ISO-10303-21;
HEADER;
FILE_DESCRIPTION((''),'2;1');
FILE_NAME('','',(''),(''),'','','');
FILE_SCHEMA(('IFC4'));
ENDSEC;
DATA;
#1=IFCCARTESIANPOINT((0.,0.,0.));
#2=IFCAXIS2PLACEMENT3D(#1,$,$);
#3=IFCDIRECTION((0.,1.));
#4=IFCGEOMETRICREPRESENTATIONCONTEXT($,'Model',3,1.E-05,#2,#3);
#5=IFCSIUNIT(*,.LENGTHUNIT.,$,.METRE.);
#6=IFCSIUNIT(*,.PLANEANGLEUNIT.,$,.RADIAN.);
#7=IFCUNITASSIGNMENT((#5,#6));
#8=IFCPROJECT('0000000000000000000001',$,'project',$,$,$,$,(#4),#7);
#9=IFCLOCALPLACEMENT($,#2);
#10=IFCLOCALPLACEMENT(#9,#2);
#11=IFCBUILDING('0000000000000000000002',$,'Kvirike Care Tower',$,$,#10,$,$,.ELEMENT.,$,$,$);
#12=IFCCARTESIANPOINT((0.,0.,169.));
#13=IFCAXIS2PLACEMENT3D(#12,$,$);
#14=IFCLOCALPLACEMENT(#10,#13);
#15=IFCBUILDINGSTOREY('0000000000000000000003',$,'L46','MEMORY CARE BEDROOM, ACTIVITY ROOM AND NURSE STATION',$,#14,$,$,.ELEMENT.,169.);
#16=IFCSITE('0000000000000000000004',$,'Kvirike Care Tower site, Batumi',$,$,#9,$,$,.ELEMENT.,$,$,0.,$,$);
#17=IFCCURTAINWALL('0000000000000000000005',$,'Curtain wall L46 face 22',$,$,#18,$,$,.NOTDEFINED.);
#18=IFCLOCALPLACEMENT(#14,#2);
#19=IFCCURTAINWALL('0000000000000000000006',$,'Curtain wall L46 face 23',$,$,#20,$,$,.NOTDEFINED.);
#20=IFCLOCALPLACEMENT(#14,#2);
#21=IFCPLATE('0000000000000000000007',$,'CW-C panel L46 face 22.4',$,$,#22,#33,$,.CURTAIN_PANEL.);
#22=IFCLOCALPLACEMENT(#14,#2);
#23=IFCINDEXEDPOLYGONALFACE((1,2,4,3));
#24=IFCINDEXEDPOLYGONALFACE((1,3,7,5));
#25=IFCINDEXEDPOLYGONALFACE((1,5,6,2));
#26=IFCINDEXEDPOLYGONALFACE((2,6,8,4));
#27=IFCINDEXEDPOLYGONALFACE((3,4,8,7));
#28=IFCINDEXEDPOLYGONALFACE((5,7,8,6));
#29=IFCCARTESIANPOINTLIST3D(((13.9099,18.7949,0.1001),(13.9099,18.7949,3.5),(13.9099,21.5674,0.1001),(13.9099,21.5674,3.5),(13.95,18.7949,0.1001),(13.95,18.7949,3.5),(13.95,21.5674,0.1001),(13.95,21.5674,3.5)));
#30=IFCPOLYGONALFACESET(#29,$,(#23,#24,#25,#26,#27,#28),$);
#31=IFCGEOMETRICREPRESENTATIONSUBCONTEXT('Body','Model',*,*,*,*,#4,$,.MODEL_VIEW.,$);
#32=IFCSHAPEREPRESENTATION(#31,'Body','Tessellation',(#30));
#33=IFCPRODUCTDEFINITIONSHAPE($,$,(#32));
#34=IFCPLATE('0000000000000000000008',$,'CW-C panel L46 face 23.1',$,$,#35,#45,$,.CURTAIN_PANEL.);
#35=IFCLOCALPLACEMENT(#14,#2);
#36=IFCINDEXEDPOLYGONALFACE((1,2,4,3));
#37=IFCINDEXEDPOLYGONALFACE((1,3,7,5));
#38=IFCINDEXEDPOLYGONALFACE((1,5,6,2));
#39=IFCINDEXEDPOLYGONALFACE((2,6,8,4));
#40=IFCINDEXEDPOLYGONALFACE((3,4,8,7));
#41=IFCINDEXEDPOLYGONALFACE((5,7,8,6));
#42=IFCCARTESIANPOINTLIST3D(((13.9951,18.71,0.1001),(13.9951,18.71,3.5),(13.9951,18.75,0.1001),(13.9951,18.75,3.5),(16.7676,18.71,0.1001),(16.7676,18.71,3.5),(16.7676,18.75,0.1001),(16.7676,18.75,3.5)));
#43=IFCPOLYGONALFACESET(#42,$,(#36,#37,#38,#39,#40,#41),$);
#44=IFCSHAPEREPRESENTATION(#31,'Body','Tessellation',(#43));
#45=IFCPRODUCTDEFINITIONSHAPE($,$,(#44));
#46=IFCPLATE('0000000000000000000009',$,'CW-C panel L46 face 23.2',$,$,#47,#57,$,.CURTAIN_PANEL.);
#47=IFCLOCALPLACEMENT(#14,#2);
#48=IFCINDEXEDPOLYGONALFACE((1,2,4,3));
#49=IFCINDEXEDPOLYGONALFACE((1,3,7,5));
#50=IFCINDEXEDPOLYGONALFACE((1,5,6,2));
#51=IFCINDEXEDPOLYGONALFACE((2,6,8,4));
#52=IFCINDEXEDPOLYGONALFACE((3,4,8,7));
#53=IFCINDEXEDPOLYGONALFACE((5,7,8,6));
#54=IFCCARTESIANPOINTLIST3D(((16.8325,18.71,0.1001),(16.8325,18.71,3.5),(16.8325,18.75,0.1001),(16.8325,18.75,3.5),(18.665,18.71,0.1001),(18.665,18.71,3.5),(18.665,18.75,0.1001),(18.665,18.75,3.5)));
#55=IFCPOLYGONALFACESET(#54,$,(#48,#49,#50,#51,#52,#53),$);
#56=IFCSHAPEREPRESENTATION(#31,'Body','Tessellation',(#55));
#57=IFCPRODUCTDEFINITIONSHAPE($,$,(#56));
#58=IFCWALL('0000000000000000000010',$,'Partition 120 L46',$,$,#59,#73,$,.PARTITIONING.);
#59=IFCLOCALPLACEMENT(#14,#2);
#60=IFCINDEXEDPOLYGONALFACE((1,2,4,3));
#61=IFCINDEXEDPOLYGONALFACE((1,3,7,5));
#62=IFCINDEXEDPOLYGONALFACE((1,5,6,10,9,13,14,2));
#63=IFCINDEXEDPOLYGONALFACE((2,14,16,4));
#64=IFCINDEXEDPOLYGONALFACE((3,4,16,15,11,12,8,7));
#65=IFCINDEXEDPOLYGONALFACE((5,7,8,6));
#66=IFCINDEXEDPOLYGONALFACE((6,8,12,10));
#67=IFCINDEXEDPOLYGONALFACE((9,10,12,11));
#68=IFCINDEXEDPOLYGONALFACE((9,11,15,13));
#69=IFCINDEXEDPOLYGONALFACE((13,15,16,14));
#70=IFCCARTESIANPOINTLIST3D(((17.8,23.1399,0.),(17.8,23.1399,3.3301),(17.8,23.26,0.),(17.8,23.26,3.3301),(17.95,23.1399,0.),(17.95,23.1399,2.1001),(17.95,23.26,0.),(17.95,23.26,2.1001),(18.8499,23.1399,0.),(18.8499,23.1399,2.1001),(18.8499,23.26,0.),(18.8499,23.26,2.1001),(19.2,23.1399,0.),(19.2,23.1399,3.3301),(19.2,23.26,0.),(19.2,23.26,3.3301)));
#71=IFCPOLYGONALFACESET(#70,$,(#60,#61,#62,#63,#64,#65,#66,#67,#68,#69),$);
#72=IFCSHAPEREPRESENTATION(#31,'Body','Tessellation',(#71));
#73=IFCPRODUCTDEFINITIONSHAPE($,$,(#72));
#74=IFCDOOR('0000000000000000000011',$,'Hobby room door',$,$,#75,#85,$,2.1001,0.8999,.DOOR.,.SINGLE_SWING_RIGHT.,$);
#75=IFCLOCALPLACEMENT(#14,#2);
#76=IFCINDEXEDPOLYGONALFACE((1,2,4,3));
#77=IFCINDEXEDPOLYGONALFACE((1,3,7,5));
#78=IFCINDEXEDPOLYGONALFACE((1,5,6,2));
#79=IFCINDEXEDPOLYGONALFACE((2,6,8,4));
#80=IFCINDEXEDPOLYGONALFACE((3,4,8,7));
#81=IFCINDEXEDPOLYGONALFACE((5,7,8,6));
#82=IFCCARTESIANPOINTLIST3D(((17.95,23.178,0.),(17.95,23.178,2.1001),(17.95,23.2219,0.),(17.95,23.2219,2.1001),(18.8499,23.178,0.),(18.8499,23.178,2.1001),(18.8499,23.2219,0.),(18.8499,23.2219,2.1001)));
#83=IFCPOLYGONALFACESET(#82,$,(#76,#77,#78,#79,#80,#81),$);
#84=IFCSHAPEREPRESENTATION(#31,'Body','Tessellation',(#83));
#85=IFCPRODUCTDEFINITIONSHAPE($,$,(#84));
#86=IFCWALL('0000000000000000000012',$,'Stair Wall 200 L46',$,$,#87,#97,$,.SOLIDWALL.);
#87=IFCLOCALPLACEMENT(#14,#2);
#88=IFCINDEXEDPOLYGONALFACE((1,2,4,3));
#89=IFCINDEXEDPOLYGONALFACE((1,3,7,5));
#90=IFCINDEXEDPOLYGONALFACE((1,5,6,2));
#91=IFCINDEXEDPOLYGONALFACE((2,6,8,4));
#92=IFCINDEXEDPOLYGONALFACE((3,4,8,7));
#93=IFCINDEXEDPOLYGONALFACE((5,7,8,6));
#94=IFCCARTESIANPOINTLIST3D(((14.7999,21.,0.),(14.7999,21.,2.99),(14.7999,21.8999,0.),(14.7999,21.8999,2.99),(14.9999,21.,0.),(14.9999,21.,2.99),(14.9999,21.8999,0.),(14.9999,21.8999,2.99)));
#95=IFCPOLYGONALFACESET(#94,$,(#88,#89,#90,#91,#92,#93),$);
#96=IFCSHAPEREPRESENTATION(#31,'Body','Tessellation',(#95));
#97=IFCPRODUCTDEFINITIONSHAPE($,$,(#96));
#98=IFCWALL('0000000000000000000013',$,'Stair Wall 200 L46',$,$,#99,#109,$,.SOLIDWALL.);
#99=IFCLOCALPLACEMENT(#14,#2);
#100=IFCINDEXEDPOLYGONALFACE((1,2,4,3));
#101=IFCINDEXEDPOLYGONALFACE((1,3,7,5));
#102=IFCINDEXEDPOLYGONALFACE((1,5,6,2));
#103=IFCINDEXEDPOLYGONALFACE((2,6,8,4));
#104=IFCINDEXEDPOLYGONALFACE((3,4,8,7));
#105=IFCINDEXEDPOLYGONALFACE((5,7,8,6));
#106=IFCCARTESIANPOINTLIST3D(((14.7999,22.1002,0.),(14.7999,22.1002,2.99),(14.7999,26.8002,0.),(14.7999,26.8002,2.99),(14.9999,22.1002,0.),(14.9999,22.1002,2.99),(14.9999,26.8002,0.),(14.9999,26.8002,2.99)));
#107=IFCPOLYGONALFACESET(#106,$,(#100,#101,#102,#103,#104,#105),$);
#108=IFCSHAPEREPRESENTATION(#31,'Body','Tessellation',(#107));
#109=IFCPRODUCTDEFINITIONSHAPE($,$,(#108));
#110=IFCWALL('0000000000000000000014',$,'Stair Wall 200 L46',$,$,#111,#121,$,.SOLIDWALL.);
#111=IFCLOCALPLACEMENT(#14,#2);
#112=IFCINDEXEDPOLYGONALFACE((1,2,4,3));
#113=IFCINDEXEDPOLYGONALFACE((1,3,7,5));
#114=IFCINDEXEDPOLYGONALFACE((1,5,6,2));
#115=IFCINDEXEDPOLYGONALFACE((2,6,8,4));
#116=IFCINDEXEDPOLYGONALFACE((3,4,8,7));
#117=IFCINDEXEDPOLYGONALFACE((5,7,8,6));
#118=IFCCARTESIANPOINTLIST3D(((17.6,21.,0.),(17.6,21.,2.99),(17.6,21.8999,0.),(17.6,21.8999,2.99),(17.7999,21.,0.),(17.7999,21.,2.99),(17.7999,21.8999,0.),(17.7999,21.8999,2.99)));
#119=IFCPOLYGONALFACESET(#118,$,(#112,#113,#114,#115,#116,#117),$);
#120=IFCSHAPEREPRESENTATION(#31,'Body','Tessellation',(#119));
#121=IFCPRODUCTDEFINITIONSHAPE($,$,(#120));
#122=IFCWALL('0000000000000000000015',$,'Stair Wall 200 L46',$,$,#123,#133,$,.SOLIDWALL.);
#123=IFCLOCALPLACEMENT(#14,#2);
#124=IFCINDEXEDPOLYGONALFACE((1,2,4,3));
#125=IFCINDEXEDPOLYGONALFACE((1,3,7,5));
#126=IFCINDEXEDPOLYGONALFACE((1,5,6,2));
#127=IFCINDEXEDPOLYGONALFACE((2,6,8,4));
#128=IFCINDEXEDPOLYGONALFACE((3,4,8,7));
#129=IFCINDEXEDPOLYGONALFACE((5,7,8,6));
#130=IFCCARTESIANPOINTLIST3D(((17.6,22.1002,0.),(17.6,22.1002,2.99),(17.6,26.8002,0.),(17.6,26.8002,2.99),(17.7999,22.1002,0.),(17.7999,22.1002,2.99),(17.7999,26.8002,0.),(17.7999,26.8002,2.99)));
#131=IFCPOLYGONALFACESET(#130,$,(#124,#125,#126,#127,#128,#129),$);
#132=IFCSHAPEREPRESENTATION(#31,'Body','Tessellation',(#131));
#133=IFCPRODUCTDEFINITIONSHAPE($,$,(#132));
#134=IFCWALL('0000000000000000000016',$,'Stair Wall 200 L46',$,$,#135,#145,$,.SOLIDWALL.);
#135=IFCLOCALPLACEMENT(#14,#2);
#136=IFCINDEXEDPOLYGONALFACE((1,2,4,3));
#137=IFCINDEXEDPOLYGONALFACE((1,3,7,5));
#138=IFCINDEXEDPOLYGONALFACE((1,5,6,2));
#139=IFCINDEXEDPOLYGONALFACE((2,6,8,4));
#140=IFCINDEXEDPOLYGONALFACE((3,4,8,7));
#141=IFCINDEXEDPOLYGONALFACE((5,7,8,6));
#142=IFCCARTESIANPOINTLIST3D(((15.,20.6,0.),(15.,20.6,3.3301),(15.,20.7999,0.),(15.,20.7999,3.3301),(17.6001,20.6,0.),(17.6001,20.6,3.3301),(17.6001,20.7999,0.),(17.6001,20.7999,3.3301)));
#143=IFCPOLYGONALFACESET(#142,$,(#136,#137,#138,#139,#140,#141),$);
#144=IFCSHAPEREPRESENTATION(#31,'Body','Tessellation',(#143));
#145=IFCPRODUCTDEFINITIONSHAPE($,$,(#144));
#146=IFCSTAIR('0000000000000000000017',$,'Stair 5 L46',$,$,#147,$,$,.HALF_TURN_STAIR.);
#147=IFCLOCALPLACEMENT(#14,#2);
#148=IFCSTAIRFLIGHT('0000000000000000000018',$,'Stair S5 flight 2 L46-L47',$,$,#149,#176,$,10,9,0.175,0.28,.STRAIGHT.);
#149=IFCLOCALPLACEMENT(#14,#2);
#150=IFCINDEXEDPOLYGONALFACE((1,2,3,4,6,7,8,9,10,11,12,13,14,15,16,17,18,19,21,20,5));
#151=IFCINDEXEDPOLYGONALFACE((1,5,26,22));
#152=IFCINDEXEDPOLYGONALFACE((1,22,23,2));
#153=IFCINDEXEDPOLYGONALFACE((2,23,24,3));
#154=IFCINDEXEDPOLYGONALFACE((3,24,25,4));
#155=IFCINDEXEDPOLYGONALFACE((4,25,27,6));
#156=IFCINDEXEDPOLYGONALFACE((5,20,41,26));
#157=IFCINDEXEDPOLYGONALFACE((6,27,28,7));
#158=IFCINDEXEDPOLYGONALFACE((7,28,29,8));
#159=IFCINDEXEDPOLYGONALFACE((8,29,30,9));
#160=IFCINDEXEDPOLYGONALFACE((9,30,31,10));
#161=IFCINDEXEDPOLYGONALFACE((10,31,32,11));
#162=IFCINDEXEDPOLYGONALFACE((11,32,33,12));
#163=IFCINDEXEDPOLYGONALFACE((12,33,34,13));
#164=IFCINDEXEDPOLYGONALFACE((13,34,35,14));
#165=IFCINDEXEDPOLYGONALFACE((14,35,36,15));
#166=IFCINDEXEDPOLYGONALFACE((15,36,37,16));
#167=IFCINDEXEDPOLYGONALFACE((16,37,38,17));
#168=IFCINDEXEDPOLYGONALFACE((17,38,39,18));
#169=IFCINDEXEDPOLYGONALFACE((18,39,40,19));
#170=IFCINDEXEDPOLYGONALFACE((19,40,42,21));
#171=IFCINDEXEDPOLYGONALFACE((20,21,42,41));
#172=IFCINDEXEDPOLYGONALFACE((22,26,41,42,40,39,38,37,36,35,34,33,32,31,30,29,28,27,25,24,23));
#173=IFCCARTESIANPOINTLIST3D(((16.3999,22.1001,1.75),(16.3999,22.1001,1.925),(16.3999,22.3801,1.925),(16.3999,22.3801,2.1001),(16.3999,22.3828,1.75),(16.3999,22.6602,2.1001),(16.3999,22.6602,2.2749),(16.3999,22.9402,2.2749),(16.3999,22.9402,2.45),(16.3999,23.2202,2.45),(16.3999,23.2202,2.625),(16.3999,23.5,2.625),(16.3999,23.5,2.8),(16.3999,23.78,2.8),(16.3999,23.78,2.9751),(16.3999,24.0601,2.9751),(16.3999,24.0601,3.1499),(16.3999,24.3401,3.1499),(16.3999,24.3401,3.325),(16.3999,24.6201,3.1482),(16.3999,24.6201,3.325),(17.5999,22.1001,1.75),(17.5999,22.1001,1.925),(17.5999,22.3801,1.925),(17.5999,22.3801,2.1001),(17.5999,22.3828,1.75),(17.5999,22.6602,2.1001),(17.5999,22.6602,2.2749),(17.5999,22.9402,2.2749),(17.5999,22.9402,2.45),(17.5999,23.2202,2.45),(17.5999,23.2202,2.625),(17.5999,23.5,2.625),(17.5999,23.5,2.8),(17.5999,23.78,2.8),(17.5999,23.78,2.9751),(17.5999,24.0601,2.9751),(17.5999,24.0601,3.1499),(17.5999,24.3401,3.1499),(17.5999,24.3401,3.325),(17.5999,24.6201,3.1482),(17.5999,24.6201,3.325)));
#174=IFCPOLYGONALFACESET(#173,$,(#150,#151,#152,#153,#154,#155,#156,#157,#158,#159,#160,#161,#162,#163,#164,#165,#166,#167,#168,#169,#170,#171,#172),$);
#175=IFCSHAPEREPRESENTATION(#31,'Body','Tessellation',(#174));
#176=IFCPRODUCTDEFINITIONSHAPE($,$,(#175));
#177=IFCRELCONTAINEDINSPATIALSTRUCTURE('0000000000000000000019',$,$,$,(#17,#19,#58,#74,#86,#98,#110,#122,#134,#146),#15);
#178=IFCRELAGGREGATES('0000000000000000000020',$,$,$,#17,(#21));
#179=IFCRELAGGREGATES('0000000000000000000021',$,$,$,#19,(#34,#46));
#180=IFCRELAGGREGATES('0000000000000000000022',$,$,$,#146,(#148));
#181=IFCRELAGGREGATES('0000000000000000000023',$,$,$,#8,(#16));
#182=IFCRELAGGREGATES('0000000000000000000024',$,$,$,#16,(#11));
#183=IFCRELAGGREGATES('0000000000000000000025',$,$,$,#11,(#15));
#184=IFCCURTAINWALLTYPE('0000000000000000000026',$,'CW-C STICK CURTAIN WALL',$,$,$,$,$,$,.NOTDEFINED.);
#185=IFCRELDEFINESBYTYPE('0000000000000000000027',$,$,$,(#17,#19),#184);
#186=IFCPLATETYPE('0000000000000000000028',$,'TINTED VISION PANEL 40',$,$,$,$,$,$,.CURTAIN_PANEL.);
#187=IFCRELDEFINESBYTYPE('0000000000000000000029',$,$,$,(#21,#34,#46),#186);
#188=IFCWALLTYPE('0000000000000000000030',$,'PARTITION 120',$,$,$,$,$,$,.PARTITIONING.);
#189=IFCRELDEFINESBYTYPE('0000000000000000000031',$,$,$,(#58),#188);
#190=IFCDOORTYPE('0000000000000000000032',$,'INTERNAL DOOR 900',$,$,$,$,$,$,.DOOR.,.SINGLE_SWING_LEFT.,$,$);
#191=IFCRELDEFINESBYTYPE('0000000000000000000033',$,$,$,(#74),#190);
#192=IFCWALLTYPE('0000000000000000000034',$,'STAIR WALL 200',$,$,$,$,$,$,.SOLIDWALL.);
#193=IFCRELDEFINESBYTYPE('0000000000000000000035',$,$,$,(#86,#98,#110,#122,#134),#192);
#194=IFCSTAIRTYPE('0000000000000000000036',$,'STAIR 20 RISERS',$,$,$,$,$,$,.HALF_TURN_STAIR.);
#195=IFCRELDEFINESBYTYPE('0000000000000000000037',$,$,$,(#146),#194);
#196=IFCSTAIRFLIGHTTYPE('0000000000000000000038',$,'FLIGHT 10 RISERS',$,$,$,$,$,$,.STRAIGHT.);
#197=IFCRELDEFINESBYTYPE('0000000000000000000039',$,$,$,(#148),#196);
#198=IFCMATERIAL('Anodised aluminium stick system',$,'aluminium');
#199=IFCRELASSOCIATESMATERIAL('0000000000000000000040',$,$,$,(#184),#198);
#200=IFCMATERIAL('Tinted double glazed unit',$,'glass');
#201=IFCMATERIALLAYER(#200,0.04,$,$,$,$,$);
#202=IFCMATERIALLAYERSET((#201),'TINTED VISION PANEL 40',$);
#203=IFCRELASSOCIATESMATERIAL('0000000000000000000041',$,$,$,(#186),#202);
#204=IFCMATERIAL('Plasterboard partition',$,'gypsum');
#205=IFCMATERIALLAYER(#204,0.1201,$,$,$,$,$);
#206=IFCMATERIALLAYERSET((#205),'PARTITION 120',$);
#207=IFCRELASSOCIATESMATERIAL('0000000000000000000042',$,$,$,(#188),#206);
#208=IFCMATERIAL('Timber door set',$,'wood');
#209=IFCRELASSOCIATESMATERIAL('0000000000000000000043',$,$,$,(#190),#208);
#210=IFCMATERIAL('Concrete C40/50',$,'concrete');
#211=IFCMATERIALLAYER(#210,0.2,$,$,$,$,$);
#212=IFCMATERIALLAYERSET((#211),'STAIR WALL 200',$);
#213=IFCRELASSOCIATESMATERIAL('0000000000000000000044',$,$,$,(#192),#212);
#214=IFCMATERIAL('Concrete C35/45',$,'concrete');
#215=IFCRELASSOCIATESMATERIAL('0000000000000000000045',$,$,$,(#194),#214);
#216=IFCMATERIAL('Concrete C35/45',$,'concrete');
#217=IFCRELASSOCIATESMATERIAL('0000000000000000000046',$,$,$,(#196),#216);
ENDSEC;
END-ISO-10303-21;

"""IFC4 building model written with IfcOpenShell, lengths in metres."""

from ifc_helpers import new_model, si_unit, direction, frame, frame_2d, origin, origin_2d, place, context, subcontext, project, spatial, polyline, rectangle, outline, extrude, material, layer, layer_set, type_object, element, fill, aggregate, save


model = new_model("IFC4")

# Units and contexts
model_context = context("Model", 3, precision=1e-05, world=origin(), true_north=direction((0.0, 1.0)))
body_context = subcontext(model_context, "Body", "Model", "MODEL_VIEW")
ifc_project = project(units=[si_unit("LENGTHUNIT", "METRE"), si_unit("PLANEANGLEUNIT", "RADIAN")], contexts=[model_context])

# Site, building, storey
site_placement = place(None, origin())
site = spatial("IfcSite", under=ifc_project, at=site_placement, Name="Kvirike Care Tower site, Batumi", CompositionType="ELEMENT", RefElevation=0.0)
building_placement = place(site_placement, origin())
building = spatial("IfcBuilding", under=site, at=building_placement, Name="Kvirike Care Tower", CompositionType="ELEMENT")
storey_placement = place(building_placement, frame((0.0, 0.0, 169.0)))
storey = spatial("IfcBuildingStorey", under=building, at=storey_placement, Name="L46", Description="MEMORY CARE BEDROOM, ACTIVITY ROOM AND NURSE STATION", CompositionType="ELEMENT", Elevation=169.0)

# Curtain walls
ifc_material_1 = material(Name="Anodised aluminium stick system", Category="aluminium")
curtain_wall_type = type_object("IfcCurtainWallType", Name="CW-C STICK CURTAIN WALL", PredefinedType="NOTDEFINED", material=ifc_material_1)
curtain_wall_1_placement = place(storey_placement, origin())
curtain_wall_1 = element("IfcCurtainWall", 1, at=curtain_wall_1_placement, inside=storey, type_object=curtain_wall_type, Name="Curtain wall L46 face 22", PredefinedType="NOTDEFINED")
curtain_wall_2_placement = place(storey_placement, origin())
curtain_wall_2 = element("IfcCurtainWall", 2, at=curtain_wall_2_placement, inside=storey, type_object=curtain_wall_type, Name="Curtain wall L46 face 23", PredefinedType="NOTDEFINED")

# Plates
ifc_material_2 = material(Name="Tinted double glazed unit", Category="glass")
ifc_layer_1 = layer(ifc_material_2, 0.04)
ifc_layer_set_1 = layer_set([ifc_layer_1], Name="TINTED VISION PANEL 40")
plate_type = type_object("IfcPlateType", Name="TINTED VISION PANEL 40", PredefinedType="CURTAIN_PANEL", material=ifc_layer_set_1)
plate_1_placement = place(storey_placement, frame((13.9299, 20.1812, 0.1001), z_axis=(0.0, 0.0, 1.0), x_axis=(0.0, -1.0, 0.0)))
plate_1 = element("IfcPlate", 3, at=plate_1_placement, type_object=plate_type, Name="CW-C panel L46 face 22.4", PredefinedType="CURTAIN_PANEL", context=body_context, shape_type="SweptSolid", body=[
    extrude(rectangle(XDim=2.7725, YDim=0.04, at=origin_2d()), origin(), (0.0, 0.0, 1.0), 3.3999),
])
aggregate(curtain_wall_1, [plate_1])
plate_2_placement = place(storey_placement, frame((15.3813, 18.73, 0.1001), z_axis=(0.0, 0.0, 1.0), x_axis=(1.0, 0.0, 0.0)))
plate_2 = element("IfcPlate", 4, at=plate_2_placement, type_object=plate_type, Name="CW-C panel L46 face 23.1", PredefinedType="CURTAIN_PANEL", context=body_context, shape_type="SweptSolid", body=[
    extrude(rectangle(XDim=2.7725, YDim=0.04, at=origin_2d()), origin(), (0.0, 0.0, 1.0), 3.3999),
])
plate_3_placement = place(storey_placement, frame((17.7488, 18.73, 0.1001), z_axis=(0.0, 0.0, 1.0), x_axis=(1.0, 0.0, 0.0)))
plate_3 = element("IfcPlate", 5, at=plate_3_placement, type_object=plate_type, Name="CW-C panel L46 face 23.2", PredefinedType="CURTAIN_PANEL", context=body_context, shape_type="SweptSolid", body=[
    extrude(rectangle(XDim=1.8325, YDim=0.04, at=origin_2d()), origin(), (0.0, 0.0, 1.0), 3.3999),
])
aggregate(curtain_wall_2, [plate_2, plate_3])

# Wall, opening, door
ifc_material_3 = material(Name="Plasterboard partition", Category="gypsum")
ifc_layer_2 = layer(ifc_material_3, 0.1201)
ifc_layer_set_2 = layer_set([ifc_layer_2], Name="PARTITION 120")
wall_type_1 = type_object("IfcWallType", Name="PARTITION 120", PredefinedType="PARTITIONING", material=ifc_layer_set_2)
wall_1_placement = place(storey_placement, frame((17.8, 23.2, 0.0), z_axis=(0.0, 0.0, 1.0), x_axis=(1.0, 0.0, 0.0)))
wall_1 = element("IfcWall", 6, at=wall_1_placement, inside=storey, type_object=wall_type_1, Name="Partition 120 L46", PredefinedType="PARTITIONING", context=body_context, shape_type="SweptSolid", body=[
    extrude(rectangle(XDim=1.3999, YDim=0.1201, at=frame_2d((0.7, 0.0))), origin(), (0.0, 0.0, 1.0), 3.3301),
])
opening_placement = place(wall_1_placement, frame((0.1499, 0.0, 0.0)))
opening = element("IfcOpeningElement", 7, at=opening_placement, cuts=wall_1, PredefinedType="OPENING", context=body_context, shape_type="SweptSolid", body=[
    extrude(rectangle(XDim=0.8999, YDim=2.1001, at=frame_2d((0.45, 1.05))), frame((0.0, 0.0706, 0.0), z_axis=(0.0, -1.0, 0.0), x_axis=(1.0, 0.0, 0.0)), (0.0, 0.0, 1.0), 0.1411),
])
ifc_material_4 = material(Name="Timber door set", Category="wood")
door_type = type_object("IfcDoorType", Name="INTERNAL DOOR 900", OperationType="SINGLE_SWING_LEFT", PredefinedType="DOOR", material=ifc_material_4)
door_placement = place(opening_placement, origin())
door = element("IfcDoor", 8, at=door_placement, inside=storey, type_object=door_type, Name="Hobby room door", OperationType="SINGLE_SWING_RIGHT", OverallHeight=2.1001, OverallWidth=0.8999, PredefinedType="DOOR", context=body_context, shape_type="SweptSolid", body=[
    extrude(rectangle(XDim=0.8999, YDim=2.1001, at=frame_2d((0.45, 1.05))), frame((0.0, 0.022, 0.0), z_axis=(0.0, -1.0, 0.0), x_axis=(1.0, 0.0, 0.0)), (0.0, 0.0, 1.0), 0.0439),
])
fill(opening, door)

# Walls
ifc_material_5 = material(Name="Concrete C40/50", Category="concrete")
ifc_layer_3 = layer(ifc_material_5, 0.2)
ifc_layer_set_3 = layer_set([ifc_layer_3], Name="STAIR WALL 200")
wall_type_2 = type_object("IfcWallType", Name="STAIR WALL 200", PredefinedType="SOLIDWALL", material=ifc_layer_set_3)
wall_2_placement = place(storey_placement, frame((14.8999, 21.0, 0.0), z_axis=(0.0, 0.0, 1.0), x_axis=(0.0, 1.0, 0.0)))
element("IfcWall", 9, at=wall_2_placement, inside=storey, type_object=wall_type_2, Name="Stair Wall 200 L46", PredefinedType="SOLIDWALL", context=body_context, shape_type="SweptSolid", body=[
    extrude(rectangle(XDim=0.8999, YDim=0.2, at=frame_2d((0.45, 0.0))), origin(), (0.0, 0.0, 1.0), 2.99),
])
wall_3_placement = place(storey_placement, frame((14.8999, 22.1001, 0.0), z_axis=(0.0, 0.0, 1.0), x_axis=(0.0, 1.0, 0.0)))
element("IfcWall", 10, at=wall_3_placement, inside=storey, type_object=wall_type_2, Name="Stair Wall 200 L46", PredefinedType="SOLIDWALL", context=body_context, shape_type="SweptSolid", body=[
    extrude(rectangle(XDim=4.7, YDim=0.2, at=frame_2d((2.3501, 0.0))), origin(), (0.0, 0.0, 1.0), 2.99),
])
wall_4_placement = place(storey_placement, frame((17.7, 21.0, 0.0), z_axis=(0.0, 0.0, 1.0), x_axis=(0.0, 1.0, 0.0)))
element("IfcWall", 11, at=wall_4_placement, inside=storey, type_object=wall_type_2, Name="Stair Wall 200 L46", PredefinedType="SOLIDWALL", context=body_context, shape_type="SweptSolid", body=[
    extrude(rectangle(XDim=0.8999, YDim=0.2, at=frame_2d((0.45, 0.0))), origin(), (0.0, 0.0, 1.0), 2.99),
])
wall_5_placement = place(storey_placement, frame((17.7, 22.1001, 0.0), z_axis=(0.0, 0.0, 1.0), x_axis=(0.0, 1.0, 0.0)))
element("IfcWall", 12, at=wall_5_placement, inside=storey, type_object=wall_type_2, Name="Stair Wall 200 L46", PredefinedType="SOLIDWALL", context=body_context, shape_type="SweptSolid", body=[
    extrude(rectangle(XDim=4.7, YDim=0.2, at=frame_2d((2.3501, 0.0))), origin(), (0.0, 0.0, 1.0), 2.99),
])
wall_6_placement = place(storey_placement, frame((15.0, 20.7, 0.0), z_axis=(0.0, 0.0, 1.0), x_axis=(1.0, 0.0, 0.0)))
element("IfcWall", 13, at=wall_6_placement, inside=storey, type_object=wall_type_2, Name="Stair Wall 200 L46", PredefinedType="SOLIDWALL", context=body_context, shape_type="SweptSolid", body=[
    extrude(rectangle(XDim=2.6001, YDim=0.2, at=frame_2d((1.3, 0.0))), origin(), (0.0, 0.0, 1.0), 3.3301),
])

# Stair, stair flight
ifc_material_6 = material(Name="Concrete C35/45", Category="concrete")
stair_type = type_object("IfcStairType", Name="STAIR 20 RISERS", PredefinedType="HALF_TURN_STAIR", material=ifc_material_6)
stair_placement = place(storey_placement, origin())
stair = element("IfcStair", 14, at=stair_placement, inside=storey, type_object=stair_type, Name="Stair 5 L46", PredefinedType="HALF_TURN_STAIR")
ifc_material_7 = material(Name="Concrete C35/45", Category="concrete")
stair_flight_type = type_object("IfcStairFlightType", Name="FLIGHT 10 RISERS", PredefinedType="STRAIGHT", material=ifc_material_7)
stair_flight_placement = place(storey_placement, frame((17.0, 22.1001, 1.75), z_axis=(0.0, 0.0, 1.0), x_axis=(0.0, 1.0, 0.0)))
stair_flight = element("IfcStairFlight", 15, at=stair_flight_placement, type_object=stair_flight_type, Name="Stair S5 flight 2 L46-L47", NumberOfRisers=10, NumberOfTreads=9, PredefinedType="STRAIGHT", RiserHeight=0.175, TreadLength=0.28, context=body_context, shape_type="SweptSolid", body=[
    extrude(outline(polyline([(0.0, 0.0), (0.0, 0.175), (0.28, 0.175), (0.28, 0.3501), (0.5601, 0.3501), (0.5601, 0.5249), (0.8401, 0.5249), (0.8401, 0.7), (1.1201, 0.7), (1.1201, 0.875), (1.3999, 0.875), (1.3999, 1.05), (1.6799, 1.05), (1.6799, 1.2251), (1.96, 1.2251), (1.96, 1.3999), (2.24, 1.3999), (2.24, 1.575), (2.52, 1.575), (2.52, 1.75), (2.52, 1.3982), (0.2827, 0.0), (0.0, 0.0)])), frame((0.0, 0.6001, 0.0), z_axis=(0.0, -1.0, 0.0), x_axis=(1.0, 0.0, 0.0)), (0.0, 0.0, 1.0), 1.2),
])
aggregate(stair, [stair_flight])

save(model, "model.ifc")
